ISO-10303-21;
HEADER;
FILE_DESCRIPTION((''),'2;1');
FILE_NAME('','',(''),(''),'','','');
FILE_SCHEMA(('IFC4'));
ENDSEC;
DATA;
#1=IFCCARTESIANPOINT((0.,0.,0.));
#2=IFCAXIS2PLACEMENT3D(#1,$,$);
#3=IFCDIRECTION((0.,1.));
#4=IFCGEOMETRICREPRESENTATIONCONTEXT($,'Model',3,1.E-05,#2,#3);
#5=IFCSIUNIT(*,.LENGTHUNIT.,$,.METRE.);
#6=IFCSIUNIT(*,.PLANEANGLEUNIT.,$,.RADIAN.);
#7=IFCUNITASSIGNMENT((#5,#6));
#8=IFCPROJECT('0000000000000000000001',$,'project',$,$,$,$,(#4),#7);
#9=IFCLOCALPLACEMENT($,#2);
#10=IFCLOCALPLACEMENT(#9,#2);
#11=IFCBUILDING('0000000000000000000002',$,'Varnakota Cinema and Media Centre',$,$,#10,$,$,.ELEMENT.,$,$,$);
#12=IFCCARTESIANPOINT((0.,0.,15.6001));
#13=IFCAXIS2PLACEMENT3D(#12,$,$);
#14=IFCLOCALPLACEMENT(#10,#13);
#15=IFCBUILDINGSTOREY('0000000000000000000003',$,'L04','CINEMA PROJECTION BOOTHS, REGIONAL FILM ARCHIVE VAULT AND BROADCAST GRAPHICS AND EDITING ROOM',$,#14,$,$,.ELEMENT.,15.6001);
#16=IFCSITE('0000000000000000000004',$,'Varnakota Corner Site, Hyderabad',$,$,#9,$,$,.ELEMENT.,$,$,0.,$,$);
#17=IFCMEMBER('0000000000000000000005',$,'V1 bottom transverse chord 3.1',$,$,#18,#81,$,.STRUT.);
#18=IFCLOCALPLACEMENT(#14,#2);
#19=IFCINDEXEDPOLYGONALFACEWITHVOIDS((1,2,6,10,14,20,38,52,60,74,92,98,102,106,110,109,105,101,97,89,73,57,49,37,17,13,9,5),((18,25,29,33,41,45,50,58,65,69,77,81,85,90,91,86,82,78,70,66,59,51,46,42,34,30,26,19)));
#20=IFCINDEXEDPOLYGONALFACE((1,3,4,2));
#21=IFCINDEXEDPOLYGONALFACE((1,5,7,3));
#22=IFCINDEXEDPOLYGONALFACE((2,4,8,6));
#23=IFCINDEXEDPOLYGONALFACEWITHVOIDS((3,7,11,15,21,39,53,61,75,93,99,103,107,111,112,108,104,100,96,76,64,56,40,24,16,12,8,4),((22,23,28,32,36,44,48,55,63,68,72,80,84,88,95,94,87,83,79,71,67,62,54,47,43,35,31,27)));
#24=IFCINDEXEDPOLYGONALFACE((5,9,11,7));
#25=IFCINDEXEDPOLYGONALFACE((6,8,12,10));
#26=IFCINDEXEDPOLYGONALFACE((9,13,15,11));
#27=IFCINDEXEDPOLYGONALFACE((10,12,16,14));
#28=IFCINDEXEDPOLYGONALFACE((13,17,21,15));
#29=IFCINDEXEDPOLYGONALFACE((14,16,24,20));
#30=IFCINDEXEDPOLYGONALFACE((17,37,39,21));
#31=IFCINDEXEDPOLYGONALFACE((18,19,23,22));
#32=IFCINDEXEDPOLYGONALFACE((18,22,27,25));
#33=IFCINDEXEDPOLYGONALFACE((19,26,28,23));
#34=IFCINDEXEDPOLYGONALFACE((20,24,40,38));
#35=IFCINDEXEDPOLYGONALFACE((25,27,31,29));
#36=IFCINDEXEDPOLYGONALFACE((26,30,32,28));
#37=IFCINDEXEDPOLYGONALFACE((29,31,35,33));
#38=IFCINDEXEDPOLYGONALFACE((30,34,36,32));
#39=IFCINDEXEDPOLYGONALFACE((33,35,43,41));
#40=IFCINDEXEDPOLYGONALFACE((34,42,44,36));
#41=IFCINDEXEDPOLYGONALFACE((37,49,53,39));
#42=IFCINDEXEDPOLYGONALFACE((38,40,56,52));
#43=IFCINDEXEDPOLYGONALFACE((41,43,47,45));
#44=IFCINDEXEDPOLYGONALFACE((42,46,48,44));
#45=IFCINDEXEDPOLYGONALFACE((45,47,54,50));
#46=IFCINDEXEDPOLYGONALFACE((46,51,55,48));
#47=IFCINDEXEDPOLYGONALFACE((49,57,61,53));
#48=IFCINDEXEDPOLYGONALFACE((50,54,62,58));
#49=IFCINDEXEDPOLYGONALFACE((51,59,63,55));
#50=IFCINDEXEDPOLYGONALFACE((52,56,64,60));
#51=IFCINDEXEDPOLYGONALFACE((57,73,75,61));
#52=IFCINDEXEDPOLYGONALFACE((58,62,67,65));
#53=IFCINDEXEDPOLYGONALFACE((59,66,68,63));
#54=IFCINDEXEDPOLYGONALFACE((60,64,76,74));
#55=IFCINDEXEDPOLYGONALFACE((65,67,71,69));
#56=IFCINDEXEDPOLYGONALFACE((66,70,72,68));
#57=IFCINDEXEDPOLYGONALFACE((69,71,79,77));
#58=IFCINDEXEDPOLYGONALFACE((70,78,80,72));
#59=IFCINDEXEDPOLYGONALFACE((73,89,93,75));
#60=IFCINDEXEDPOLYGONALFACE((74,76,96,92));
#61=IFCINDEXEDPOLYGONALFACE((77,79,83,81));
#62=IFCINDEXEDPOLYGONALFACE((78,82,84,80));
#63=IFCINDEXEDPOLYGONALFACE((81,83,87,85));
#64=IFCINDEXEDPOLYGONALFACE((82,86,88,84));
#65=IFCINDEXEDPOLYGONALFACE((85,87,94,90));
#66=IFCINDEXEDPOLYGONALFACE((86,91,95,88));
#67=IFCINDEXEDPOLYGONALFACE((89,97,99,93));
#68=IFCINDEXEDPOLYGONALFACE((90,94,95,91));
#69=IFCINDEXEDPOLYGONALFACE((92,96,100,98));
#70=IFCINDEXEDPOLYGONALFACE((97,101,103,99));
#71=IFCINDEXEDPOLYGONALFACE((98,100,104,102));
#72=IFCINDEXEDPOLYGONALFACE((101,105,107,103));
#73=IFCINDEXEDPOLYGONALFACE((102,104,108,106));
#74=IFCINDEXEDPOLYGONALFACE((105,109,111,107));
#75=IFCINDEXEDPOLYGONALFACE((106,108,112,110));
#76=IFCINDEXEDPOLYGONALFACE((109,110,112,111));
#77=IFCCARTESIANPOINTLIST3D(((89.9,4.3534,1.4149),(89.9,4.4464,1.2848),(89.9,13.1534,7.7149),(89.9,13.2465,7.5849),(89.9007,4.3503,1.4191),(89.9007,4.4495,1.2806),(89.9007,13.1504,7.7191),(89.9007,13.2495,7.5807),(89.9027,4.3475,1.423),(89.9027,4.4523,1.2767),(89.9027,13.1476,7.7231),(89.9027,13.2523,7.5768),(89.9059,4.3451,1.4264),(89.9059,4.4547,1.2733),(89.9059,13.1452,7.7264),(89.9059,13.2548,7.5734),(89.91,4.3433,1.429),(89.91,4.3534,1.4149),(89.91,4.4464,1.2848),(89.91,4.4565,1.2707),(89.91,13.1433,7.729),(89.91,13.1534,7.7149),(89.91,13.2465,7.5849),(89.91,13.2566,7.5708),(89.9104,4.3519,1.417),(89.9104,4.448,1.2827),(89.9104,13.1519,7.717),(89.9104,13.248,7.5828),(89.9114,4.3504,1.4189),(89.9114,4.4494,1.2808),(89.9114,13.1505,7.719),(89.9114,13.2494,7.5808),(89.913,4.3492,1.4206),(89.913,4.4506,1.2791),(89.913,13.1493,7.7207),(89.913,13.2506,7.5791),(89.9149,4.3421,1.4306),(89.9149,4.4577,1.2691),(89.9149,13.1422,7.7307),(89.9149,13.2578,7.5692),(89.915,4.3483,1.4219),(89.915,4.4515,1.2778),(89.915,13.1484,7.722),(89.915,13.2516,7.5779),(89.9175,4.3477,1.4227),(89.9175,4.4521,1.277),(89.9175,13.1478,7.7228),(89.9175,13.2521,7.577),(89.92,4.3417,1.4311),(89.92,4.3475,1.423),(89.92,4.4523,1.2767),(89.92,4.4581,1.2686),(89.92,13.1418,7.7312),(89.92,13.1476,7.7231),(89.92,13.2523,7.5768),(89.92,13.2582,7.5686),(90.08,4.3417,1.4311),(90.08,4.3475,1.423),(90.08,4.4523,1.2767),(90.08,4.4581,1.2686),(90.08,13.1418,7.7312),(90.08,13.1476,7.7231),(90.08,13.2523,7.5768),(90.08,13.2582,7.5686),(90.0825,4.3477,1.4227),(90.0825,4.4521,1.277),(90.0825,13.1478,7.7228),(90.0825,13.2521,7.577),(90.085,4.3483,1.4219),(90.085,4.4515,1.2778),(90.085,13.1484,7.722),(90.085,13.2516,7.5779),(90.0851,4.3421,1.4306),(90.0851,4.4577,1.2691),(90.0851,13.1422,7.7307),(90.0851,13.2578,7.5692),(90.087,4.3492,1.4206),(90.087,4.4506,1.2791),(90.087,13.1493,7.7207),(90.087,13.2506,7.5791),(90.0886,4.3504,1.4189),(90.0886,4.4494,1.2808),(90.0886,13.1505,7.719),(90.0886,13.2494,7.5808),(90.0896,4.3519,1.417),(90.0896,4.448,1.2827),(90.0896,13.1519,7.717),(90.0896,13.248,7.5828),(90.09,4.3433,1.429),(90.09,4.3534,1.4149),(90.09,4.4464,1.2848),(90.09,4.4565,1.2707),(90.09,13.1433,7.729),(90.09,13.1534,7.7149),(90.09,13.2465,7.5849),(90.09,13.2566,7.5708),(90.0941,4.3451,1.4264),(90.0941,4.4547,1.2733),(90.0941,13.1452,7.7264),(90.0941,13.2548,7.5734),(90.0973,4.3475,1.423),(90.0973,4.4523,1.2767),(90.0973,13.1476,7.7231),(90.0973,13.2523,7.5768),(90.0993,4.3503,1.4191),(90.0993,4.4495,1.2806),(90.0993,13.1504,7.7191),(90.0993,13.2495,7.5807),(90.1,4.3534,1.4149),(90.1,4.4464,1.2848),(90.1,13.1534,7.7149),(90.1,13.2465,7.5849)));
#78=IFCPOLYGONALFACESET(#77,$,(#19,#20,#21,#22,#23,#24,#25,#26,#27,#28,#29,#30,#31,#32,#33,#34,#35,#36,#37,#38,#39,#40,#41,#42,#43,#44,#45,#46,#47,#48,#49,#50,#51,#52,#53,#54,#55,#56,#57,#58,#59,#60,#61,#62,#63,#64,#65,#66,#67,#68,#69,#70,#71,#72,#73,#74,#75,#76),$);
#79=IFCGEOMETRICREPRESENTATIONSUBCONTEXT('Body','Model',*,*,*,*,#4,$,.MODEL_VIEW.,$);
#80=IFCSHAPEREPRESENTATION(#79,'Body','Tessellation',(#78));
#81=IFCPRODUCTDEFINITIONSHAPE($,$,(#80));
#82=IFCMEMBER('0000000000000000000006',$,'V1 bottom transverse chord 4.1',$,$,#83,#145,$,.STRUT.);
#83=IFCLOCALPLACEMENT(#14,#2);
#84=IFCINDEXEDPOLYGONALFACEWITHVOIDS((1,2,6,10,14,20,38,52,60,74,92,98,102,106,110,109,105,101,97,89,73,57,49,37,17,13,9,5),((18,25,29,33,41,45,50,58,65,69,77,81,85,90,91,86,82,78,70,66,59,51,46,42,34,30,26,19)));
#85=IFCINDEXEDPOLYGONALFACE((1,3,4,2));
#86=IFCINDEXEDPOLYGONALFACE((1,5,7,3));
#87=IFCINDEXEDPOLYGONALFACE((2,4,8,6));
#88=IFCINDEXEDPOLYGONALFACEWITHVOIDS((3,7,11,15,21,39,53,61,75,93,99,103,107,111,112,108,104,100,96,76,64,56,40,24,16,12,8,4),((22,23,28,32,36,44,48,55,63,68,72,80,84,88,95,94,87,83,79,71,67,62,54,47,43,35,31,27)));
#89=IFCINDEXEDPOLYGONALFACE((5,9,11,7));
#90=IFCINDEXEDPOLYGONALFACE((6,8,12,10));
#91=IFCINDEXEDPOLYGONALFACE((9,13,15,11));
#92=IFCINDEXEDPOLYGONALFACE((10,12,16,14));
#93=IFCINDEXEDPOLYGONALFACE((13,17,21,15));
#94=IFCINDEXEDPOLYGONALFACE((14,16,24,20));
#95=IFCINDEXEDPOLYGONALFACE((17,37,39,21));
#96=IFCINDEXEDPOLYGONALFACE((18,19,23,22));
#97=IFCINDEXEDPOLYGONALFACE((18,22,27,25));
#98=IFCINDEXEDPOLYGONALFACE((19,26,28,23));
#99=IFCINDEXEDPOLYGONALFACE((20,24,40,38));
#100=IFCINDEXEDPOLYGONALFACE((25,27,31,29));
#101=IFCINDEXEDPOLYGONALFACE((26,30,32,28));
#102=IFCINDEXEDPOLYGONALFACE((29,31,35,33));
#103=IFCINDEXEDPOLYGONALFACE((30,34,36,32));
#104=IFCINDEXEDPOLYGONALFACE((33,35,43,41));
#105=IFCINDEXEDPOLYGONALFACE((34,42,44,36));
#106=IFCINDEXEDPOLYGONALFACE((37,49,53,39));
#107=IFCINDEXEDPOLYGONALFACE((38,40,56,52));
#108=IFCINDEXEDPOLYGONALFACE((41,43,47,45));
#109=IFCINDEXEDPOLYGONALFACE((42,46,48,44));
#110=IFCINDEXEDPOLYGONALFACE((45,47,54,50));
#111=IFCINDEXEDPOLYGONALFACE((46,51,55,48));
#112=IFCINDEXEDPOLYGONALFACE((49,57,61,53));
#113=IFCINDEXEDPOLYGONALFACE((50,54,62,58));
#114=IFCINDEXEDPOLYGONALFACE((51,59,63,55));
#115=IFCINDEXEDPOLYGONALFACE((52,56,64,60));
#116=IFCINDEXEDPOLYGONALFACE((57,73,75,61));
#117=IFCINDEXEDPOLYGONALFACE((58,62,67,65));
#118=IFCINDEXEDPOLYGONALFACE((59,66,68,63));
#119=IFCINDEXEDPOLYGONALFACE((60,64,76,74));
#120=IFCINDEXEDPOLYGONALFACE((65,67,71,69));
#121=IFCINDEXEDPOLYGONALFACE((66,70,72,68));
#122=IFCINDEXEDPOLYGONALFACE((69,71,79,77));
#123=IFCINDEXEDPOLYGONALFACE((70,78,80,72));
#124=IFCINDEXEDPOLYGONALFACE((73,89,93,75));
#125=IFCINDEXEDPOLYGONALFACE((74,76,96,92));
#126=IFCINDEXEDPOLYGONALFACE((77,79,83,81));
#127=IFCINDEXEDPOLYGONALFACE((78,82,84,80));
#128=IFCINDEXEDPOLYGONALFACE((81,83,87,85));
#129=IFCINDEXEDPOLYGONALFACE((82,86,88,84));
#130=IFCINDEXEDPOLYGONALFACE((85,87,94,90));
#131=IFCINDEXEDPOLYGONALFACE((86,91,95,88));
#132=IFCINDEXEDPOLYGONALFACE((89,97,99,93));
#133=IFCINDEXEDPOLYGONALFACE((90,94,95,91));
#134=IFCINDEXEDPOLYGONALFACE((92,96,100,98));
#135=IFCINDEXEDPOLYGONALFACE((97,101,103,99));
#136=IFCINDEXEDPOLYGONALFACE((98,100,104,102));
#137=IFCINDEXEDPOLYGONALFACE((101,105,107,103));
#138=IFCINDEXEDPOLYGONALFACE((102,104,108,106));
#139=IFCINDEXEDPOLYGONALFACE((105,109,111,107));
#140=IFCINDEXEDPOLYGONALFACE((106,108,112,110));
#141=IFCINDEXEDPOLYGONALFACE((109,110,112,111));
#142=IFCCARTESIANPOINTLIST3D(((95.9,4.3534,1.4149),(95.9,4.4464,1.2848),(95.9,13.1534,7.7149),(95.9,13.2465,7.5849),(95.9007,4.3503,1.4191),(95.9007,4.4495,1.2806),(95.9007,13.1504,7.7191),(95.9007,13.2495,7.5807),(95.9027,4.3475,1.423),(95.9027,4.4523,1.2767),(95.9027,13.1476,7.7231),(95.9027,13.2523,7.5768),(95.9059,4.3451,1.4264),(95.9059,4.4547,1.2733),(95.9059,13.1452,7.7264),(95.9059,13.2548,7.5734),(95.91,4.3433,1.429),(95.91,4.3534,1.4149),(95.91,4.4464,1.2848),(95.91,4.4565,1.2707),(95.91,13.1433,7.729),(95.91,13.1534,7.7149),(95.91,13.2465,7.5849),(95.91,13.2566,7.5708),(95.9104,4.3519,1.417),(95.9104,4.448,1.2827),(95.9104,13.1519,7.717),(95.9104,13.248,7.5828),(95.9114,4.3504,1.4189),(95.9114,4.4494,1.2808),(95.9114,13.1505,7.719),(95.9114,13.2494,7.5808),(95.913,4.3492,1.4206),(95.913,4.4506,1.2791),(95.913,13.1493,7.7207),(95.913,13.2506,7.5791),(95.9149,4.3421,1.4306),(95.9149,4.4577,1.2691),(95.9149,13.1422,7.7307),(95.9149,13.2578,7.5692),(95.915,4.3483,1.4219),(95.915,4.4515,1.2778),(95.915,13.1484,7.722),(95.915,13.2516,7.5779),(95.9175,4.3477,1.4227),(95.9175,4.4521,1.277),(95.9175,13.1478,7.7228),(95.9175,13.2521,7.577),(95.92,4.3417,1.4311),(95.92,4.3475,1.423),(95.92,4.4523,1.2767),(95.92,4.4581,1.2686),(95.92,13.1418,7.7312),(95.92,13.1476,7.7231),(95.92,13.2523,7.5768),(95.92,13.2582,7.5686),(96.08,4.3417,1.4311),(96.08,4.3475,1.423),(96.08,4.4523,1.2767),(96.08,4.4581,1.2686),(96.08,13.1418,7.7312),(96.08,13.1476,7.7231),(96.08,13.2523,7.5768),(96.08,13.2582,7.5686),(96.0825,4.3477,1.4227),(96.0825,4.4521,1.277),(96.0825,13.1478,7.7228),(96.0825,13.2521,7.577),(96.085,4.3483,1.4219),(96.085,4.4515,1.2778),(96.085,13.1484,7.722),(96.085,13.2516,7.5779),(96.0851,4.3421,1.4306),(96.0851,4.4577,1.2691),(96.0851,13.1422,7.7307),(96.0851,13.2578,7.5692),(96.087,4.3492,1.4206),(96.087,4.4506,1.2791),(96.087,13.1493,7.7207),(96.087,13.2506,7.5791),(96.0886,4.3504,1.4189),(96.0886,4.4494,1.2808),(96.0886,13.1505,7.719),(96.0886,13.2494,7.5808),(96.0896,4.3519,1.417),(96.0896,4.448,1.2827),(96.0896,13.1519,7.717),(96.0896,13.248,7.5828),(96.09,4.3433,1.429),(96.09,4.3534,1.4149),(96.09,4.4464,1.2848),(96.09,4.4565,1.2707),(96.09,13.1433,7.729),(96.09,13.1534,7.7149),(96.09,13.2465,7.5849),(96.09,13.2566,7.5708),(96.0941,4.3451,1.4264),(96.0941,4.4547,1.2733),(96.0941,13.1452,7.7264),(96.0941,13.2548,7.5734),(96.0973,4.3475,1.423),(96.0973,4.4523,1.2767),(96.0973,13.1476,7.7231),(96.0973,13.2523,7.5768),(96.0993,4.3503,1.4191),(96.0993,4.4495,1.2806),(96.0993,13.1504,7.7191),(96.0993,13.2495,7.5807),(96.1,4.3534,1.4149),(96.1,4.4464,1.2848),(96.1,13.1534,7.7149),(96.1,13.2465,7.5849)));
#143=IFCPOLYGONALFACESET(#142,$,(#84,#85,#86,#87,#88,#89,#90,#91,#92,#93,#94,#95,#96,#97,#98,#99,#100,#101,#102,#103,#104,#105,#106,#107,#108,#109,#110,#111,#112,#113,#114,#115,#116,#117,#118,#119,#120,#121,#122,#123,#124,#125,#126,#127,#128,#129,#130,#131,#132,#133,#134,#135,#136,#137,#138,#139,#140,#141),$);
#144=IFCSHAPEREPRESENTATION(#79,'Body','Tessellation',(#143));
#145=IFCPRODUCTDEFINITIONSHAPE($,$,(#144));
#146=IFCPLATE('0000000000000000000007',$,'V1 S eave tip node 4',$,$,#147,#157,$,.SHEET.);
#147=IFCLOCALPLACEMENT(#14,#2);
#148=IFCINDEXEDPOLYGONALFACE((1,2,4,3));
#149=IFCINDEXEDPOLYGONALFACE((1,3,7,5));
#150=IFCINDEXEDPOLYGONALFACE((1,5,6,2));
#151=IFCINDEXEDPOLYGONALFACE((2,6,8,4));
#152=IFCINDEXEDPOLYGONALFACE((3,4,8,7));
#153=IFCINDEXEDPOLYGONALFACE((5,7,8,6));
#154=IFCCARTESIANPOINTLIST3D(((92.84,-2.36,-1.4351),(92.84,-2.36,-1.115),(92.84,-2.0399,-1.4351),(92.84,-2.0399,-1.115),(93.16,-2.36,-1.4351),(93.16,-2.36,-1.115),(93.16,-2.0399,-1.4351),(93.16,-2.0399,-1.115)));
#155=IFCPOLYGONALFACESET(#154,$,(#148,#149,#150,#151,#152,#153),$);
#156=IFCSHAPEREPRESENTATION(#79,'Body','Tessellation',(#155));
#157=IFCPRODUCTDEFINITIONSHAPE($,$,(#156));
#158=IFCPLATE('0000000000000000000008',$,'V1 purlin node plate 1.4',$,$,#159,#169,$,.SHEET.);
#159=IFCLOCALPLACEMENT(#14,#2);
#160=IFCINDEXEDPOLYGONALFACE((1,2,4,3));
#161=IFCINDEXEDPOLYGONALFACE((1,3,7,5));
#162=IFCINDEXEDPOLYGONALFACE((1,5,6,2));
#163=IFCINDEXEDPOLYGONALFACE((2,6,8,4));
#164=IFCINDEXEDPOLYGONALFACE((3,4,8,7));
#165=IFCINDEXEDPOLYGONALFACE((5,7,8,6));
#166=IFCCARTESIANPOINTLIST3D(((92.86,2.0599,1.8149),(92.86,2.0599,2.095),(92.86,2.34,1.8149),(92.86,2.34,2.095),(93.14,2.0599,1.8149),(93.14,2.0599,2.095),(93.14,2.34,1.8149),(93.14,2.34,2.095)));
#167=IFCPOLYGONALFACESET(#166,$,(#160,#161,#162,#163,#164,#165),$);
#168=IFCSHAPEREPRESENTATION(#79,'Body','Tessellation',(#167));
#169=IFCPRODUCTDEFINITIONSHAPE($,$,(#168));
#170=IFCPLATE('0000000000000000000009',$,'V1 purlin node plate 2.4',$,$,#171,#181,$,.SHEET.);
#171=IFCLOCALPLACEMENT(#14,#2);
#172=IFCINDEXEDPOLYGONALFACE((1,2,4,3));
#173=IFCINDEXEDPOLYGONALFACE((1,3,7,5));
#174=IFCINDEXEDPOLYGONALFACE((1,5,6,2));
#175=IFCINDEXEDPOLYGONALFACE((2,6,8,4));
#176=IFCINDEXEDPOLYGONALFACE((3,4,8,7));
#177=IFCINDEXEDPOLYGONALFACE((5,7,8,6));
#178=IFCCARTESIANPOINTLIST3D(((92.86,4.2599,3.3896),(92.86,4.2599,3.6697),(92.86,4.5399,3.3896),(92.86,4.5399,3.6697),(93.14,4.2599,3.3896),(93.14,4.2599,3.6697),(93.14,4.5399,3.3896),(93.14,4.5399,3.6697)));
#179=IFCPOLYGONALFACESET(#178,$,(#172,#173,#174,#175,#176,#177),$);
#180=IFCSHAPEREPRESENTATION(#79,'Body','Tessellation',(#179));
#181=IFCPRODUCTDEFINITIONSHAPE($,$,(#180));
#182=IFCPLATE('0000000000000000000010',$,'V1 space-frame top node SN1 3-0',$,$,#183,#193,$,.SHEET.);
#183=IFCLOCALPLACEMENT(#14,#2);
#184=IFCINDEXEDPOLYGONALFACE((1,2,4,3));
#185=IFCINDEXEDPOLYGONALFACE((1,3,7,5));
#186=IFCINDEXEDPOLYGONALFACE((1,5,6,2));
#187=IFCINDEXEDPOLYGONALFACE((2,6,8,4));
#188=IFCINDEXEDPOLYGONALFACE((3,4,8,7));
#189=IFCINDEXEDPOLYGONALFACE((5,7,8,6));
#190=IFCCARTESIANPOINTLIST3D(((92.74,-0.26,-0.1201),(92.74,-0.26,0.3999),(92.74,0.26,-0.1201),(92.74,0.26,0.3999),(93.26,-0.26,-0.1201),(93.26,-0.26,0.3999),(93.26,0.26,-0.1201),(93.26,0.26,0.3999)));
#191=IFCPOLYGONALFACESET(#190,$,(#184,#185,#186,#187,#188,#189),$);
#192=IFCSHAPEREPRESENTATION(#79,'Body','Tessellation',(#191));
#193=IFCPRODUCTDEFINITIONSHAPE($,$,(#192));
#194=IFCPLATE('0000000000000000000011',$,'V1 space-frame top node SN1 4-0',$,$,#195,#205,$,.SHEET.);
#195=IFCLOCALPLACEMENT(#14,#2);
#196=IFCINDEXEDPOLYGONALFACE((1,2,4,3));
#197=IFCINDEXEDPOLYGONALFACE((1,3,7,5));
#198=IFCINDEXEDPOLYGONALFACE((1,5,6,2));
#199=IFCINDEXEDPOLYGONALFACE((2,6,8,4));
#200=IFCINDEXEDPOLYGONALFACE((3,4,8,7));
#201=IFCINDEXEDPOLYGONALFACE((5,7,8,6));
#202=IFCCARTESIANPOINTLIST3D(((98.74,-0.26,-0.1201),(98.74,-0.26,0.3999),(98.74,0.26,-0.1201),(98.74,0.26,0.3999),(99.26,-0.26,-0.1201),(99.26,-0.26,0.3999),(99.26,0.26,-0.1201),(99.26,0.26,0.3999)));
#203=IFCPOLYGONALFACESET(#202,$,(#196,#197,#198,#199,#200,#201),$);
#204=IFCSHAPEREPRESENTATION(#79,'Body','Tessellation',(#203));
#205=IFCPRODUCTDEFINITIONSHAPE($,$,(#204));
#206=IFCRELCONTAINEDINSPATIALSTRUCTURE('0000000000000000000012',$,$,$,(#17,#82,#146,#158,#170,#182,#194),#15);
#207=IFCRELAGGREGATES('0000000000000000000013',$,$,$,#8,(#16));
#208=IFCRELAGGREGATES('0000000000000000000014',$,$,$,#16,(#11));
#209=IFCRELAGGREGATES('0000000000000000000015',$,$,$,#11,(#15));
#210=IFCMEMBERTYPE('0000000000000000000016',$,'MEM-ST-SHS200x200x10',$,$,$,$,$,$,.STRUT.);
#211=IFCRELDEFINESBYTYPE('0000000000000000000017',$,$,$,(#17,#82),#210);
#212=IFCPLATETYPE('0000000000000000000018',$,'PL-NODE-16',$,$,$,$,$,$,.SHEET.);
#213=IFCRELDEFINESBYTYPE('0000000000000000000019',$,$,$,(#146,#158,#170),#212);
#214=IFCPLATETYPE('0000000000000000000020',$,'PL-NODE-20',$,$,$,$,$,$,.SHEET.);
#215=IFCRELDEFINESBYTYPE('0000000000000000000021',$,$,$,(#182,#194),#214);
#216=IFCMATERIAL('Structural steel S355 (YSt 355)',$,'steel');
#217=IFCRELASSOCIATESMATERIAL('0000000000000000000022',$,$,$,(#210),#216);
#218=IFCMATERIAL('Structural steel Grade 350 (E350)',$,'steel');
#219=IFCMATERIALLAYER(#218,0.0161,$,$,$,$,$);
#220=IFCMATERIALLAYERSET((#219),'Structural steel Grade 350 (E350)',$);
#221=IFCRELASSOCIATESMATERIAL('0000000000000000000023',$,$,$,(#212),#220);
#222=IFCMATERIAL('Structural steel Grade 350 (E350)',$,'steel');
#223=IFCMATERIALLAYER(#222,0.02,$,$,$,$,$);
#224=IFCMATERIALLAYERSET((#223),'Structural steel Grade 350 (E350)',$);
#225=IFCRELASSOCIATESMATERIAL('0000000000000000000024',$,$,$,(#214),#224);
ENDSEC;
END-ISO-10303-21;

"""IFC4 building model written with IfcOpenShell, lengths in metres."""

from ifc_helpers import new_model, si_unit, direction, frame, origin, origin_2d, place, context, subcontext, project, spatial, rectangle, hollow_rectangle, extrude, material, layer, layer_set, material_profile, profile_set, type_object, element, save


model = new_model("IFC4")

# Units and contexts
model_context = context("Model", 3, precision=1e-05, world=origin(), true_north=direction((0.0, 1.0)))
body_context = subcontext(model_context, "Body", "Model", "MODEL_VIEW")
ifc_project = project(units=[si_unit("LENGTHUNIT", "METRE"), si_unit("PLANEANGLEUNIT", "RADIAN")], contexts=[model_context])

# Site, building, storey
site_placement = place(None, origin())
site = spatial("IfcSite", under=ifc_project, at=site_placement, Name="Varnakota Corner Site, Hyderabad", CompositionType="ELEMENT", RefElevation=0.0)
building_placement = place(site_placement, origin())
building = spatial("IfcBuilding", under=site, at=building_placement, Name="Varnakota Cinema and Media Centre", CompositionType="ELEMENT")
storey_placement = place(building_placement, frame((0.0, 0.0, 15.6001)))
storey = spatial("IfcBuildingStorey", under=building, at=storey_placement, Name="L04", Description="CINEMA PROJECTION BOOTHS, REGIONAL FILM ARCHIVE VAULT AND BROADCAST GRAPHICS AND EDITING ROOM", CompositionType="ELEMENT", Elevation=15.6001)

# Members
ifc_material_1 = material(Name="Structural steel S355 (YSt 355)", Category="steel")
ifc_material_profile_1 = material_profile(ifc_material_1, hollow_rectangle(XDim=0.2, YDim=0.2, WallThickness=0.01, InnerFilletRadius=0.01, OuterFilletRadius=0.02, at=origin_2d()), Name="SHS 200x200x10")
ifc_profile_set_1 = profile_set([ifc_material_profile_1], Name="Structural steel S355 (YSt 355)")
member_type_1 = type_object("IfcMemberType", Name="MEM-ST-SHS200x200x10", PredefinedType="STRUT", material=ifc_profile_set_1)
for number, where, z_axis, x_axis, name in (
    (1, (90.0, 4.3999, 1.3499), (0.0, 0.813108, 0.582113), (-1.0, 0.0, 0.0), "V1 bottom transverse chord 3.1"),
    (2, (96.0, 4.3999, 1.3499), (0.0, 0.813108, 0.582113), (-1.0, 0.0, 0.0), "V1 bottom transverse chord 4.1"),
):
    element("IfcMember", number, at=place(storey_placement, frame(where, z_axis=z_axis, x_axis=x_axis)), inside=storey, type_object=member_type_1, Name=name, PredefinedType="STRUT", context=body_context, shape_type="SweptSolid", body=[
        extrude(hollow_rectangle(XDim=0.2, YDim=0.2, WallThickness=0.01, InnerFilletRadius=0.01, OuterFilletRadius=0.02, at=origin_2d()), origin(), (0.0, 0.0, 1.0), 10.8228),
    ])

# Plates
ifc_material_2 = material(Name="Structural steel Grade 350 (E350)", Category="steel")
ifc_layer_1 = layer(ifc_material_2, 0.0161)
ifc_layer_set_1 = layer_set([ifc_layer_1], Name="Structural steel Grade 350 (E350)")
plate_type_1 = type_object("IfcPlateType", Name="PL-NODE-16", PredefinedType="SHEET", material=ifc_layer_set_1)
plate_placement = place(storey_placement, frame((93.0, -2.2, -1.4351), z_axis=(0.0, 0.0, 1.0), x_axis=(1.0, 0.0, 0.0)))
element("IfcPlate", 3, at=plate_placement, inside=storey, type_object=plate_type_1, Name="V1 S eave tip node 4", PredefinedType="SHEET", context=body_context, shape_type="SweptSolid", body=[
    extrude(rectangle(XDim=0.3201, YDim=0.3201, at=origin_2d()), origin(), (0.0, 0.0, 1.0), 0.3201),
])
for number, where, z_axis, x_axis, name in (
    (4, (93.0, 2.2, 1.8149), (0.0, 0.0, 1.0), (1.0, 0.0, 0.0), "V1 purlin node plate 1.4"),
    (5, (93.0, 4.3999, 3.3896), (0.0, 0.0, 1.0), (1.0, 0.0, 0.0), "V1 purlin node plate 2.4"),
):
    element("IfcPlate", number, at=place(storey_placement, frame(where, z_axis=z_axis, x_axis=x_axis)), inside=storey, type_object=plate_type_1, Name=name, PredefinedType="SHEET", context=body_context, shape_type="SweptSolid", body=[
        extrude(rectangle(XDim=0.28, YDim=0.28, at=origin_2d()), origin(), (0.0, 0.0, 1.0), 0.28),
    ])
ifc_material_3 = material(Name="Structural steel Grade 350 (E350)", Category="steel")
ifc_layer_2 = layer(ifc_material_3, 0.02)
ifc_layer_set_2 = layer_set([ifc_layer_2], Name="Structural steel Grade 350 (E350)")
plate_type_2 = type_object("IfcPlateType", Name="PL-NODE-20", PredefinedType="SHEET", material=ifc_layer_set_2)
for number, where, z_axis, x_axis, name in (
    (6, (93.0, 0.0, -0.1201), (0.0, 0.0, 1.0), (1.0, 0.0, 0.0), "V1 space-frame top node SN1 3-0"),
    (7, (99.0, 0.0, -0.1201), (0.0, 0.0, 1.0), (1.0, 0.0, 0.0), "V1 space-frame top node SN1 4-0"),
):
    element("IfcPlate", number, at=place(storey_placement, frame(where, z_axis=z_axis, x_axis=x_axis)), inside=storey, type_object=plate_type_2, Name=name, PredefinedType="SHEET", context=body_context, shape_type="SweptSolid", body=[
        extrude(rectangle(XDim=0.52, YDim=0.52, at=origin_2d()), origin(), (0.0, 0.0, 1.0), 0.52),
    ])

save(model, "model.ifc")
